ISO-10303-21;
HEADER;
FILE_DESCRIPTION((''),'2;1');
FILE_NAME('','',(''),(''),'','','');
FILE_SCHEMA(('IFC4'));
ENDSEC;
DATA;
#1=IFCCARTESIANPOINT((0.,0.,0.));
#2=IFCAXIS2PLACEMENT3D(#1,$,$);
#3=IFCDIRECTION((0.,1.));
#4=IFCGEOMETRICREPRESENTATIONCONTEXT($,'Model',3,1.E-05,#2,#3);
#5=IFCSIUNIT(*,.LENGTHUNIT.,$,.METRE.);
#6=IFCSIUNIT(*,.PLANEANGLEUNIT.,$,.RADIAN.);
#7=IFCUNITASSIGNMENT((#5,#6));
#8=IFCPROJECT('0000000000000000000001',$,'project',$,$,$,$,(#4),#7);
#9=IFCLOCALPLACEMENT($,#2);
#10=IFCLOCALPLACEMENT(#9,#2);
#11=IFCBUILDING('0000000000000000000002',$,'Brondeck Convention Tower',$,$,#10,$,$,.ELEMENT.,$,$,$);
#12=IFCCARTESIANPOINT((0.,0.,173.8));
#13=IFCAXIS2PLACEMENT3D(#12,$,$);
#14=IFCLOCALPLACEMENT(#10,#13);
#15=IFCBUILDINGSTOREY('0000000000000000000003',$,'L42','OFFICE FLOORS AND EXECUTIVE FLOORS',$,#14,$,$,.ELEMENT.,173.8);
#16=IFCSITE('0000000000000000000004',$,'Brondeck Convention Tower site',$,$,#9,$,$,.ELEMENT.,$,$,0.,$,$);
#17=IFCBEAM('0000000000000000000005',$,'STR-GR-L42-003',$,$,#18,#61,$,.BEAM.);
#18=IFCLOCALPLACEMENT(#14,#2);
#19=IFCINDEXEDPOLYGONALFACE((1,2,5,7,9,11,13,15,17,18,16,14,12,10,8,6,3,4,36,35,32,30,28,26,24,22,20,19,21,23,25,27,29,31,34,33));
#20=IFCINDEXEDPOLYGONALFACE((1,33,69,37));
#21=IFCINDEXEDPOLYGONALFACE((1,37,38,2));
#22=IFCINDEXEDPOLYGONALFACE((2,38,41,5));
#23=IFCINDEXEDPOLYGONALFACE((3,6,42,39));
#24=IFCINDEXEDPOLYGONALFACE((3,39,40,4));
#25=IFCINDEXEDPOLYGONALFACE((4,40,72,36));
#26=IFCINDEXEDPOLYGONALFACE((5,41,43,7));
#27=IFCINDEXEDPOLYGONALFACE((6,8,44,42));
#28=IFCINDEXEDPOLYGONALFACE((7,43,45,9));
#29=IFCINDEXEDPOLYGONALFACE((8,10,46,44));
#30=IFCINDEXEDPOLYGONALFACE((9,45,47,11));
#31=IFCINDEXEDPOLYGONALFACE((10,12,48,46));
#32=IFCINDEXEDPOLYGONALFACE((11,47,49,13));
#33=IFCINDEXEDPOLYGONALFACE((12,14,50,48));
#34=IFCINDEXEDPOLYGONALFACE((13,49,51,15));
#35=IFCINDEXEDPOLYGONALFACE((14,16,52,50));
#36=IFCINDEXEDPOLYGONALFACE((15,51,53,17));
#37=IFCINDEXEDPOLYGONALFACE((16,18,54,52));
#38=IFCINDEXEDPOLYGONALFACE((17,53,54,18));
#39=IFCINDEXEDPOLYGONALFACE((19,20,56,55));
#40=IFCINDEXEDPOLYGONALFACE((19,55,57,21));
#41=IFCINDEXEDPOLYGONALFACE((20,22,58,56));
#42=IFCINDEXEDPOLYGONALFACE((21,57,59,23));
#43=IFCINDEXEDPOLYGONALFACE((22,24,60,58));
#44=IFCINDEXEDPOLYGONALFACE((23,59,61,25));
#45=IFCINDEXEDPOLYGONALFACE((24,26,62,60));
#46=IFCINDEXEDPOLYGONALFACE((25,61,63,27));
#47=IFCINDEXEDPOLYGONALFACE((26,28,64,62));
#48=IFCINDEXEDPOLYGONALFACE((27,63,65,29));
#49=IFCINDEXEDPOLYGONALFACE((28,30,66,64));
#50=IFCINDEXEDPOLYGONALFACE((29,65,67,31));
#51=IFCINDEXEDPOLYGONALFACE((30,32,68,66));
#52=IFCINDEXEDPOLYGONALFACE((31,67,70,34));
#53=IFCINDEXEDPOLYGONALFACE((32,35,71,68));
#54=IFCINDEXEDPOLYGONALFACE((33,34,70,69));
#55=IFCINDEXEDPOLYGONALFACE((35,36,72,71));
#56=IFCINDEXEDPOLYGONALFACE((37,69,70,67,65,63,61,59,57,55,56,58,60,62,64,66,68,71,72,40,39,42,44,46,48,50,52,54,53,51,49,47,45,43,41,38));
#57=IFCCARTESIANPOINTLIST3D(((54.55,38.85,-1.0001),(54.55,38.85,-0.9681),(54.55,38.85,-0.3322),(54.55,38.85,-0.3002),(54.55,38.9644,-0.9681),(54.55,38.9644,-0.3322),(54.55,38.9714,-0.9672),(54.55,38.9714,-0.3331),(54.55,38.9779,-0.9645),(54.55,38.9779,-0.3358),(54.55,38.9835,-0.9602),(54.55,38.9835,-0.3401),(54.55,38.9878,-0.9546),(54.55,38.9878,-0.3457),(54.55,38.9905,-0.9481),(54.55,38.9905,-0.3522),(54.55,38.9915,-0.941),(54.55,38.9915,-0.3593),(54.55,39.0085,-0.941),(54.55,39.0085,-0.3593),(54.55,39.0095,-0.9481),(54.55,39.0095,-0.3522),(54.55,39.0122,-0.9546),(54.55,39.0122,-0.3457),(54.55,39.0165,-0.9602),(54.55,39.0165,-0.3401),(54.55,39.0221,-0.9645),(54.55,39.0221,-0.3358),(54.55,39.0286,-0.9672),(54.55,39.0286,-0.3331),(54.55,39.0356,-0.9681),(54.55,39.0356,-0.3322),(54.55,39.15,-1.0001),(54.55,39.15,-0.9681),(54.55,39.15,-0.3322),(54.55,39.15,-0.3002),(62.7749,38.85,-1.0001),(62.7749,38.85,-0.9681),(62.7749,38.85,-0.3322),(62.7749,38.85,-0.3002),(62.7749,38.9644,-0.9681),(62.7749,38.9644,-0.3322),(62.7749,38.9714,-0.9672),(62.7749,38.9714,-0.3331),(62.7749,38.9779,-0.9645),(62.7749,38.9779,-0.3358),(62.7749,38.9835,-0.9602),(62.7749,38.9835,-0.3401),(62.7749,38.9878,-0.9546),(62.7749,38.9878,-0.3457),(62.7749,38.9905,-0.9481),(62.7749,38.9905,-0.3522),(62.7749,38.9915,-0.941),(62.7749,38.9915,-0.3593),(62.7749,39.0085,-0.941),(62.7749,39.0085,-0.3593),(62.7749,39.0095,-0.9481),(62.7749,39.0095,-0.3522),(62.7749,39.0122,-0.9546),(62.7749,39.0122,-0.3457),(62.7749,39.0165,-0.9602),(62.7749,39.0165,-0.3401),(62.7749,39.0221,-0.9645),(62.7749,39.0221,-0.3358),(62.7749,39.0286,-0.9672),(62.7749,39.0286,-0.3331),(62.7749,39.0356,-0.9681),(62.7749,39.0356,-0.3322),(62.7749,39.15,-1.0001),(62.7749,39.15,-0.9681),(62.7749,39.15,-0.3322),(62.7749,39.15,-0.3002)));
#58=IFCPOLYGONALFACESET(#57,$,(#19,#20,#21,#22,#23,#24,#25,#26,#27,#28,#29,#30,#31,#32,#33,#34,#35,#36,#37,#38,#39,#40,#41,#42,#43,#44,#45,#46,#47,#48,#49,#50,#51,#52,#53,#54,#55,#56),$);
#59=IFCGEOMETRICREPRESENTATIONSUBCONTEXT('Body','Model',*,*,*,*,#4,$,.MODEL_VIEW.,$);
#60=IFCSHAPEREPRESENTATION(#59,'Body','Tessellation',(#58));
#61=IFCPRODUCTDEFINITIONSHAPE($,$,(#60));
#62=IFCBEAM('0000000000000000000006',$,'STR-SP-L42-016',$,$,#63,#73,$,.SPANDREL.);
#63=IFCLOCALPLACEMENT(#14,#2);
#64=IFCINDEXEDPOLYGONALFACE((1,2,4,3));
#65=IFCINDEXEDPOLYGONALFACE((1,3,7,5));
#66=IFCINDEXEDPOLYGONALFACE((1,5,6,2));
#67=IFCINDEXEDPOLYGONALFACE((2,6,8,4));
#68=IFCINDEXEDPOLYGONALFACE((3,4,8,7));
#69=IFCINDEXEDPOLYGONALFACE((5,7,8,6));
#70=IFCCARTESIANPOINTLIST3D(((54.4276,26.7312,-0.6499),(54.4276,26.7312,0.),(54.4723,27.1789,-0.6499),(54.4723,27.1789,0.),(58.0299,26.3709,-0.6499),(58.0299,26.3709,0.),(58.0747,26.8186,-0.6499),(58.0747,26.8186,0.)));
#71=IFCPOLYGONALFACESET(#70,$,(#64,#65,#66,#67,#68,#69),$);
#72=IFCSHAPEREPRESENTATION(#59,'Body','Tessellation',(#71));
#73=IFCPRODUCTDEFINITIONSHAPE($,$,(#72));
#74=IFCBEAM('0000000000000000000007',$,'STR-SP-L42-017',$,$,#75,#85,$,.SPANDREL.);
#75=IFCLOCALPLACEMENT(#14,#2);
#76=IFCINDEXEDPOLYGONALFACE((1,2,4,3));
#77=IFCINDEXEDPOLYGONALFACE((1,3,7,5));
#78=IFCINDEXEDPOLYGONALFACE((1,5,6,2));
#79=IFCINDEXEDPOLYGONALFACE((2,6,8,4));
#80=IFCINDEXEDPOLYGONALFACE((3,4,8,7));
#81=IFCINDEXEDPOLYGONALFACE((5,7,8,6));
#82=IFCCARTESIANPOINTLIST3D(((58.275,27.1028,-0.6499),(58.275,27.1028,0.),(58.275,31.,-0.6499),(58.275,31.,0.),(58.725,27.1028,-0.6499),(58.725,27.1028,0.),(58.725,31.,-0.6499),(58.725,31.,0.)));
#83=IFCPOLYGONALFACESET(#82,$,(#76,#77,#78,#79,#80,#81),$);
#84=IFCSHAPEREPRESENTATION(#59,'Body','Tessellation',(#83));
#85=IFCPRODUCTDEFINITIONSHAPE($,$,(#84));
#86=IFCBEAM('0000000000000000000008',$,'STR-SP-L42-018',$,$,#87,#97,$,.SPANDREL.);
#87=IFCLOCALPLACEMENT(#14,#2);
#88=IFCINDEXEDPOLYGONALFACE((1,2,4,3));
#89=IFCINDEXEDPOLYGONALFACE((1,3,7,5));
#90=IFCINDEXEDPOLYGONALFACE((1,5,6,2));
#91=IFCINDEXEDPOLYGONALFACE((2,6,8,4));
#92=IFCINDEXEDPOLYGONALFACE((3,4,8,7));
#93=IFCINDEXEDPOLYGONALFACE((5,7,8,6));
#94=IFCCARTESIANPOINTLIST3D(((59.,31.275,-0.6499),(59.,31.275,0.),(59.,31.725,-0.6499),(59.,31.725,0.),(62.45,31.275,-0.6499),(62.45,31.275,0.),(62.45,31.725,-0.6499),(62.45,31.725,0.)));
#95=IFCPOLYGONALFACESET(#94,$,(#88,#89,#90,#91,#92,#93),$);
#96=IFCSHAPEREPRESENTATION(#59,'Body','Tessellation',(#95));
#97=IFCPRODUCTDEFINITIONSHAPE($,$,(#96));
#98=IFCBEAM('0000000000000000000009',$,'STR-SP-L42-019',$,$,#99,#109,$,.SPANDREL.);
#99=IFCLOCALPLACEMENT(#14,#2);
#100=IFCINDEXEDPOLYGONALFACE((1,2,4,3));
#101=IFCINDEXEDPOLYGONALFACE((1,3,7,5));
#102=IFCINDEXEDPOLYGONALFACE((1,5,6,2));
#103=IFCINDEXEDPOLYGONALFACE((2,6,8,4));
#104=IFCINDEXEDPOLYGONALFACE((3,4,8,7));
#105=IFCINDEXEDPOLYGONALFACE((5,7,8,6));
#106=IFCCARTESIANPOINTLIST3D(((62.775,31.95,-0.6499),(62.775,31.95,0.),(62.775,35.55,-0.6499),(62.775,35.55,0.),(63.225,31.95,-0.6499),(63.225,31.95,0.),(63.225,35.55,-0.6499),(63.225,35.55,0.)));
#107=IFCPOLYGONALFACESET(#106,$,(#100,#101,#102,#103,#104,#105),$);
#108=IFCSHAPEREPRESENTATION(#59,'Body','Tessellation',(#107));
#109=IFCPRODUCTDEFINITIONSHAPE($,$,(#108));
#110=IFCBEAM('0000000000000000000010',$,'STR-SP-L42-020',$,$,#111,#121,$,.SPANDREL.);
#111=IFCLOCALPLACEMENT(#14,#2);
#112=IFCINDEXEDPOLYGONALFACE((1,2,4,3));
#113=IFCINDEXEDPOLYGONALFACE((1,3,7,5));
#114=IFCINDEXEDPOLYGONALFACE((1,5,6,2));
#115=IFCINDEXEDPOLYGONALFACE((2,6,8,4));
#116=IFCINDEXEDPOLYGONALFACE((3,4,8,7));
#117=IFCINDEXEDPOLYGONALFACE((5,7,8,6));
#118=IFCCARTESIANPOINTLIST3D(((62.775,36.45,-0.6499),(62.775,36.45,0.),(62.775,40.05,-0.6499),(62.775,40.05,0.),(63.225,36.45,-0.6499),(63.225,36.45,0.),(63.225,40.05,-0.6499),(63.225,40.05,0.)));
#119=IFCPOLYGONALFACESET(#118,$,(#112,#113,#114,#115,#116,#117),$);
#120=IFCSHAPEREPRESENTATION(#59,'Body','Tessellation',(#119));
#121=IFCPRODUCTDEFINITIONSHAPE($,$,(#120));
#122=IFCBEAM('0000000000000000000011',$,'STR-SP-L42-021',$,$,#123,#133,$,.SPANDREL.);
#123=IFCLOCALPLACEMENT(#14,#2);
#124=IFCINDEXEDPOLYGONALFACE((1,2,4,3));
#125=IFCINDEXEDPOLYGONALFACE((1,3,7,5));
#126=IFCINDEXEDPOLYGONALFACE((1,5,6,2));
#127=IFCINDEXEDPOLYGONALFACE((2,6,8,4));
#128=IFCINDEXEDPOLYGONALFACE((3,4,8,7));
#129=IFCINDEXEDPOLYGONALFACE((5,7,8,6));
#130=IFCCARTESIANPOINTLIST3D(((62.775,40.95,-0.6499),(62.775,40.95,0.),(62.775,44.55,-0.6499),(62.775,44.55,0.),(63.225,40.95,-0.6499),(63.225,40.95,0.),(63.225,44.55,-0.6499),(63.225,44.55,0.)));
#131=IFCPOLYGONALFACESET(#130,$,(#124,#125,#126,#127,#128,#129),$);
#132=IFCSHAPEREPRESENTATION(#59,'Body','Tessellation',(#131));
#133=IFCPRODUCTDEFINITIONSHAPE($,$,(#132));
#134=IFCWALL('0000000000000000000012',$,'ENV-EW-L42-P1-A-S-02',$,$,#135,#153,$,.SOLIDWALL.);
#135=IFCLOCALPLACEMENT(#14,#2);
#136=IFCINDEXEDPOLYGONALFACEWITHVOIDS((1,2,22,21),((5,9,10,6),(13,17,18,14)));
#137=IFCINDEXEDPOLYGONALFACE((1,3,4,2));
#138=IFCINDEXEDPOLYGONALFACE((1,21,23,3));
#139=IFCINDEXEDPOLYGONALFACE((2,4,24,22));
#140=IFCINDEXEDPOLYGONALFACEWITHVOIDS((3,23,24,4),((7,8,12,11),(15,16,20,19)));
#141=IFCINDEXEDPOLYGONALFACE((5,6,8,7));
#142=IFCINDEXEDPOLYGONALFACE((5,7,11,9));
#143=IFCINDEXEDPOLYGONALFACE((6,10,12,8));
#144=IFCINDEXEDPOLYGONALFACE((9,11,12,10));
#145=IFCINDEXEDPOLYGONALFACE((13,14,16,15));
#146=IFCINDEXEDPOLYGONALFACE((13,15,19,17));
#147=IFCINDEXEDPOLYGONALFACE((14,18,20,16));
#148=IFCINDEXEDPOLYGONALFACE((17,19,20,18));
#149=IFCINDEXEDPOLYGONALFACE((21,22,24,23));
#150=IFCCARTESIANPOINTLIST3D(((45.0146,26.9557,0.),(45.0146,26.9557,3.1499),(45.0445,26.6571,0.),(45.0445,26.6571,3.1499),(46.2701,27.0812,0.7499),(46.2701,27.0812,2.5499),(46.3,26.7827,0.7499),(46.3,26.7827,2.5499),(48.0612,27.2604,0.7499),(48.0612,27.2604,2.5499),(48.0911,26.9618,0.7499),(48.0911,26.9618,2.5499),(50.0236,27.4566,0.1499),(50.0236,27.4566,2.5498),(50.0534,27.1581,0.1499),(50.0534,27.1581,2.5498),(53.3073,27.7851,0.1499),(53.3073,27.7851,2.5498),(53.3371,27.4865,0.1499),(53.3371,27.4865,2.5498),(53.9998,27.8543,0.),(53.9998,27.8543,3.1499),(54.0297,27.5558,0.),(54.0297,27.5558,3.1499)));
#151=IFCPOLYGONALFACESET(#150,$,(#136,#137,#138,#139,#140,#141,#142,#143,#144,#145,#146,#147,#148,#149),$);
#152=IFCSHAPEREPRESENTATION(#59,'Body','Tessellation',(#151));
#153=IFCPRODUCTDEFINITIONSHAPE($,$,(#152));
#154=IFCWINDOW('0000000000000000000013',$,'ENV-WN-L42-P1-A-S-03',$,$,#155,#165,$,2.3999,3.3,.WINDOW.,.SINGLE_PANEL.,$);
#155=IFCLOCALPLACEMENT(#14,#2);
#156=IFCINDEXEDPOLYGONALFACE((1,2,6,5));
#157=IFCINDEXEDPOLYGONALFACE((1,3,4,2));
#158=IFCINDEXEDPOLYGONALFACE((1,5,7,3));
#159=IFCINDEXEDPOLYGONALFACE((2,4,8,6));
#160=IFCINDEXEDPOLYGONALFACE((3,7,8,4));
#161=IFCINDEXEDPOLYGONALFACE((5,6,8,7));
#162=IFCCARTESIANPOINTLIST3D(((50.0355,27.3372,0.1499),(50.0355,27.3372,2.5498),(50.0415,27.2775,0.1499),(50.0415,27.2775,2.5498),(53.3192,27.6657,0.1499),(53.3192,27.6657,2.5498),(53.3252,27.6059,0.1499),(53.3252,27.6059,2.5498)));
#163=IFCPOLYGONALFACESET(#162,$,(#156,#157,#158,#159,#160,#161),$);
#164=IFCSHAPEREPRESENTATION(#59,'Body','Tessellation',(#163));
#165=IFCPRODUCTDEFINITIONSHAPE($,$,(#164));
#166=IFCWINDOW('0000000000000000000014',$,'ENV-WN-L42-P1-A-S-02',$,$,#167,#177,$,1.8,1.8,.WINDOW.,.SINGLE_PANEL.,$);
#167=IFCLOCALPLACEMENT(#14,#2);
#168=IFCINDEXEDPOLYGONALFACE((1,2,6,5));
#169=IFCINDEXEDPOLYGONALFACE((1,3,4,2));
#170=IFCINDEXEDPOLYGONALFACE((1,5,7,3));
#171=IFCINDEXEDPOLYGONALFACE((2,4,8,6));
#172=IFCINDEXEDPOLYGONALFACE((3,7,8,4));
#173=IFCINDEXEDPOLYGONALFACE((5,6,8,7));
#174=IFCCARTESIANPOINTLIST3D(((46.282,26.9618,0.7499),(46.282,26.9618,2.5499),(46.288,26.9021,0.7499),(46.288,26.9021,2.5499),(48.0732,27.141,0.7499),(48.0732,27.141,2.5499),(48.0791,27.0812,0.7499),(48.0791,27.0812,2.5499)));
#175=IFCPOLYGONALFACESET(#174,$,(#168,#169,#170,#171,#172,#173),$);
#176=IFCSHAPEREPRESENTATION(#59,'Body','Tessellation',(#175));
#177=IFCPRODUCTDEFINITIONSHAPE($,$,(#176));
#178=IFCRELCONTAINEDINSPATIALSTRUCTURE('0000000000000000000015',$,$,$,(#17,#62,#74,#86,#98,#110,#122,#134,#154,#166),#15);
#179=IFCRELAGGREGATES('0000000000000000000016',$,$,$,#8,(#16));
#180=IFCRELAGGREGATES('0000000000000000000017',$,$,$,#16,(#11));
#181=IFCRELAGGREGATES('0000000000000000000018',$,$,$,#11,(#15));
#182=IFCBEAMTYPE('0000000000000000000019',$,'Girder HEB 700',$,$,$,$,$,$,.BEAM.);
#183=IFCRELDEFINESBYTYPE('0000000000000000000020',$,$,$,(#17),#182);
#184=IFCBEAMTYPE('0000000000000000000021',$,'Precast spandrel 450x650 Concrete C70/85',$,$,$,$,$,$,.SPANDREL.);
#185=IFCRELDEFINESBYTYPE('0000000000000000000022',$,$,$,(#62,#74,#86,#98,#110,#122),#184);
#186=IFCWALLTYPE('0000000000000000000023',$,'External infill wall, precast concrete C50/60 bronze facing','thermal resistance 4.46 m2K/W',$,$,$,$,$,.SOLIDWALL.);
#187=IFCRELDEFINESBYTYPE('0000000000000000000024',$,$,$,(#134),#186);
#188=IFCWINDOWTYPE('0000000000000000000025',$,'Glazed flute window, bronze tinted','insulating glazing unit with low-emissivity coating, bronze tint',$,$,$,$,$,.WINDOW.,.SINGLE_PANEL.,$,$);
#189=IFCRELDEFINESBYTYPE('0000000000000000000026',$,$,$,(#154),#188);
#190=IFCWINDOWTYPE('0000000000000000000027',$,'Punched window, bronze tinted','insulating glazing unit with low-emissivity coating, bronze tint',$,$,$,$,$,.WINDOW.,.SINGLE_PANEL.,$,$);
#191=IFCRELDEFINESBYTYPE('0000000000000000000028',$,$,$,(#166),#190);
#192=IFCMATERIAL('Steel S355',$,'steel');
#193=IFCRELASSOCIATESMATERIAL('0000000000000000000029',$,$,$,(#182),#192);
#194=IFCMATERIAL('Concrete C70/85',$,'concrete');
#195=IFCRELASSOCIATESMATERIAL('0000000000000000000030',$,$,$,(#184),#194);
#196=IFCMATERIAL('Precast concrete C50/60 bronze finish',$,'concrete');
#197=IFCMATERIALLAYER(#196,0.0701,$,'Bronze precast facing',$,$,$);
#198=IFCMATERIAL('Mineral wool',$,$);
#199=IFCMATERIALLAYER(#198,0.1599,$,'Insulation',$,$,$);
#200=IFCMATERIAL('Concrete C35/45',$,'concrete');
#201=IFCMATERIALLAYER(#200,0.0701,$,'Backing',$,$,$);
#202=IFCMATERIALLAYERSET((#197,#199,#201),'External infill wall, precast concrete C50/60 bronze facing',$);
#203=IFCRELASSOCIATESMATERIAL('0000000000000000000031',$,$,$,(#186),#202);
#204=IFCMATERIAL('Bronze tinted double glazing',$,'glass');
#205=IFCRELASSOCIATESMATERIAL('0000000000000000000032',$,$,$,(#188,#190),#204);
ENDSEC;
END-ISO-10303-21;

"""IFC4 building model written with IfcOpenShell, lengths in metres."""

from ifc_helpers import new_model, si_unit, direction, frame, frame_2d, origin, origin_2d, place, context, subcontext, project, spatial, rectangle, i_section, extrude, material, layer, layer_set, material_profile, profile_set, type_object, element, fill, save


model = new_model("IFC4")

# Units and contexts
model_context = context("Model", 3, precision=1e-05, world=origin(), true_north=direction((0.0, 1.0)))
body_context = subcontext(model_context, "Body", "Model", "MODEL_VIEW")
ifc_project = project(units=[si_unit("LENGTHUNIT", "METRE"), si_unit("PLANEANGLEUNIT", "RADIAN")], contexts=[model_context])

# Site, building, storey
site_placement = place(None, origin())
site = spatial("IfcSite", under=ifc_project, at=site_placement, Name="Brondeck Convention Tower site", CompositionType="ELEMENT", RefElevation=0.0)
building_placement = place(site_placement, origin())
building = spatial("IfcBuilding", under=site, at=building_placement, Name="Brondeck Convention Tower", CompositionType="ELEMENT")
storey_placement = place(building_placement, frame((0.0, 0.0, 173.8)))
storey = spatial("IfcBuildingStorey", under=building, at=storey_placement, Name="L42", Description="OFFICE FLOORS AND EXECUTIVE FLOORS", CompositionType="ELEMENT", Elevation=173.8)

# Shared definitions
ifc_material_1 = material(Name="Concrete C70/85", Category="concrete")

# Beams
ifc_material_2 = material(Name="Steel S355", Category="steel")
ifc_material_profile_1 = material_profile(ifc_material_2, i_section(OverallWidth=0.3, OverallDepth=0.7, WebThickness=0.0171, FlangeThickness=0.032, FilletRadius=0.0271, at=origin_2d()), Name="HEB 700")
ifc_profile_set_1 = profile_set([ifc_material_profile_1], Name="Steel S355")
beam_type_1 = type_object("IfcBeamType", Name="Girder HEB 700", PredefinedType="BEAM", material=ifc_profile_set_1)
beam_1_placement = place(storey_placement, frame((54.55, 39.0, -0.6501), z_axis=(1.0, 0.0, 0.0), x_axis=(0.0, 1.0, 0.0)))
element("IfcBeam", 1, at=beam_1_placement, inside=storey, type_object=beam_type_1, Name="STR-GR-L42-003", PredefinedType="BEAM", context=body_context, shape_type="SweptSolid", body=[
    extrude(i_section(OverallWidth=0.3, OverallDepth=0.7, WebThickness=0.0171, FlangeThickness=0.032, FilletRadius=0.0271, at=origin_2d()), origin(), (0.0, 0.0, 1.0), 8.2249),
])
ifc_material_profile_2 = material_profile(ifc_material_1, rectangle(XDim=0.45, YDim=0.6499, at=origin_2d()), Name="Precast spandrel 450x650 Concrete C70/85")
ifc_profile_set_2 = profile_set([ifc_material_profile_2], Name="Concrete C70/85")
beam_type_2 = type_object("IfcBeamType", Name="Precast spandrel 450x650 Concrete C70/85", PredefinedType="SPANDREL", material=ifc_profile_set_2)
beam_2_placement = place(storey_placement, frame((54.45, 26.9551, -0.325), z_axis=(0.995034, -0.099537, 0.0), x_axis=(0.099537, 0.995034, 0.0)))
element("IfcBeam", 2, at=beam_2_placement, inside=storey, type_object=beam_type_2, Name="STR-SP-L42-016", PredefinedType="SPANDREL", context=body_context, shape_type="SweptSolid", body=[
    extrude(rectangle(XDim=0.45, YDim=0.6499, at=origin_2d()), origin(), (0.0, 0.0, 1.0), 3.6204),
])
beam_3_placement = place(storey_placement, frame((58.5, 27.1028, -0.325), z_axis=(0.0, 1.0, 0.0), x_axis=(-1.0, 0.0, 0.0)))
element("IfcBeam", 3, at=beam_3_placement, inside=storey, type_object=beam_type_2, Name="STR-SP-L42-017", PredefinedType="SPANDREL", context=body_context, shape_type="SweptSolid", body=[
    extrude(rectangle(XDim=0.45, YDim=0.6499, at=origin_2d()), origin(), (0.0, 0.0, 1.0), 3.8972),
])
beam_4_placement = place(storey_placement, frame((59.0, 31.5, -0.325), z_axis=(1.0, 0.0, 0.0), x_axis=(0.0, 1.0, 0.0)))
element("IfcBeam", 4, at=beam_4_placement, inside=storey, type_object=beam_type_2, Name="STR-SP-L42-018", PredefinedType="SPANDREL", context=body_context, shape_type="SweptSolid", body=[
    extrude(rectangle(XDim=0.45, YDim=0.6499, at=origin_2d()), origin(), (0.0, 0.0, 1.0), 3.45),
])
for number, where, z_axis, x_axis, name in (
    (5, (63.0, 31.95, -0.325), (0.0, 1.0, 0.0), (-1.0, 0.0, 0.0), "STR-SP-L42-019"),
    (6, (63.0, 36.45, -0.325), (0.0, 1.0, 0.0), (-1.0, 0.0, 0.0), "STR-SP-L42-020"),
    (7, (63.0, 40.95, -0.325), (0.0, 1.0, 0.0), (-1.0, 0.0, 0.0), "STR-SP-L42-021"),
):
    element("IfcBeam", number, at=place(storey_placement, frame(where, z_axis=z_axis, x_axis=x_axis)), inside=storey, type_object=beam_type_2, Name=name, PredefinedType="SPANDREL", context=body_context, shape_type="SweptSolid", body=[
        extrude(rectangle(XDim=0.45, YDim=0.6499, at=origin_2d()), origin(), (0.0, 0.0, 1.0), 3.6001),
    ])

# Wall, openings, windows
ifc_material_3 = material(Name="Precast concrete C50/60 bronze finish", Category="concrete")
ifc_layer_1 = layer(ifc_material_3, 0.0701, Name="Bronze precast facing")
ifc_material_4 = material(Name="Mineral wool")
ifc_layer_2 = layer(ifc_material_4, 0.1599, Name="Insulation")
ifc_material_5 = material(Name="Concrete C35/45", Category="concrete")
ifc_layer_3 = layer(ifc_material_5, 0.0701, Name="Backing")
ifc_layer_set_1 = layer_set([ifc_layer_1, ifc_layer_2, ifc_layer_3], Name="External infill wall, precast concrete C50/60 bronze facing")
wall_type_1 = type_object("IfcWallType", Name="External infill wall, precast concrete C50/60 bronze facing", Description="thermal resistance 4.46 m2K/W", PredefinedType="SOLIDWALL", material=ifc_layer_set_1)
wall_1_placement = place(storey_placement, frame((54.0149, 27.7051, 0.0), z_axis=(0.0, 0.0, 1.0), x_axis=(-0.995035, -0.099522, 0.0)))
wall_1 = element("IfcWall", 8, at=wall_1_placement, inside=storey, type_object=wall_type_1, Name="ENV-EW-L42-P1-A-S-02", PredefinedType="SOLIDWALL", context=body_context, shape_type="SweptSolid", body=[
    extrude(rectangle(XDim=9.03, YDim=0.3, at=frame_2d((4.5151, 0.0))), origin(), (0.0, 0.0, 1.0), 3.1499),
])
opening_1_placement = place(wall_1_placement, frame((0.6963, 0.0, 0.1499)))
opening_1 = element("IfcOpeningElement", 9, at=opening_1_placement, cuts=wall_1, PredefinedType="OPENING", context=body_context, shape_type="SweptSolid", body=[
    extrude(rectangle(XDim=3.3, YDim=2.3999, at=frame_2d((1.6499, 1.2))), frame((0.0, 0.1599, 0.0), z_axis=(0.0, -1.0, 0.0), x_axis=(1.0, 0.0, 0.0)), (0.0, 0.0, 1.0), 0.3201),
])
opening_2_placement = place(wall_1_placement, frame((5.9685, 0.0, 0.75)))
opening_2 = element("IfcOpeningElement", 10, at=opening_2_placement, cuts=wall_1, PredefinedType="OPENING", context=body_context, shape_type="SweptSolid", body=[
    extrude(rectangle(XDim=1.8, YDim=1.8, at=frame_2d((0.8999, 0.8999))), frame((0.0, 0.1599, 0.0), z_axis=(0.0, -1.0, 0.0), x_axis=(1.0, 0.0, 0.0)), (0.0, 0.0, 1.0), 0.3201),
])
ifc_material_6 = material(Name="Bronze tinted double glazing", Category="glass")
window_type_1 = type_object("IfcWindowType", Name="Glazed flute window, bronze tinted", Description="insulating glazing unit with low-emissivity coating, bronze tint", PartitioningType="SINGLE_PANEL", PredefinedType="WINDOW", material=ifc_material_6)
window_1_placement = place(opening_1_placement, origin())
window_1 = element("IfcWindow", 11, at=window_1_placement, inside=storey, type_object=window_type_1, Name="ENV-WN-L42-P1-A-S-03", OverallHeight=2.3999, OverallWidth=3.3, PartitioningType="SINGLE_PANEL", PredefinedType="WINDOW", context=body_context, shape_type="SweptSolid", body=[
    extrude(rectangle(XDim=3.3, YDim=2.3999, at=frame_2d((1.6499, 1.2))), frame((0.0, 0.03, 0.0), z_axis=(0.0, -1.0, 0.0), x_axis=(1.0, 0.0, 0.0)), (0.0, 0.0, 1.0), 0.0601),
])
fill(opening_1, window_1)
window_type_2 = type_object("IfcWindowType", Name="Punched window, bronze tinted", Description="insulating glazing unit with low-emissivity coating, bronze tint", PartitioningType="SINGLE_PANEL", PredefinedType="WINDOW", material=ifc_material_6)
window_2_placement = place(opening_2_placement, origin())
window_2 = element("IfcWindow", 12, at=window_2_placement, inside=storey, type_object=window_type_2, Name="ENV-WN-L42-P1-A-S-02", OverallHeight=1.8, OverallWidth=1.8, PartitioningType="SINGLE_PANEL", PredefinedType="WINDOW", context=body_context, shape_type="SweptSolid", body=[
    extrude(rectangle(XDim=1.8, YDim=1.8, at=frame_2d((0.8999, 0.8999))), frame((0.0, 0.03, 0.0), z_axis=(0.0, -1.0, 0.0), x_axis=(1.0, 0.0, 0.0)), (0.0, 0.0, 1.0), 0.0601),
])
fill(opening_2, window_2)

save(model, "model.ifc")
